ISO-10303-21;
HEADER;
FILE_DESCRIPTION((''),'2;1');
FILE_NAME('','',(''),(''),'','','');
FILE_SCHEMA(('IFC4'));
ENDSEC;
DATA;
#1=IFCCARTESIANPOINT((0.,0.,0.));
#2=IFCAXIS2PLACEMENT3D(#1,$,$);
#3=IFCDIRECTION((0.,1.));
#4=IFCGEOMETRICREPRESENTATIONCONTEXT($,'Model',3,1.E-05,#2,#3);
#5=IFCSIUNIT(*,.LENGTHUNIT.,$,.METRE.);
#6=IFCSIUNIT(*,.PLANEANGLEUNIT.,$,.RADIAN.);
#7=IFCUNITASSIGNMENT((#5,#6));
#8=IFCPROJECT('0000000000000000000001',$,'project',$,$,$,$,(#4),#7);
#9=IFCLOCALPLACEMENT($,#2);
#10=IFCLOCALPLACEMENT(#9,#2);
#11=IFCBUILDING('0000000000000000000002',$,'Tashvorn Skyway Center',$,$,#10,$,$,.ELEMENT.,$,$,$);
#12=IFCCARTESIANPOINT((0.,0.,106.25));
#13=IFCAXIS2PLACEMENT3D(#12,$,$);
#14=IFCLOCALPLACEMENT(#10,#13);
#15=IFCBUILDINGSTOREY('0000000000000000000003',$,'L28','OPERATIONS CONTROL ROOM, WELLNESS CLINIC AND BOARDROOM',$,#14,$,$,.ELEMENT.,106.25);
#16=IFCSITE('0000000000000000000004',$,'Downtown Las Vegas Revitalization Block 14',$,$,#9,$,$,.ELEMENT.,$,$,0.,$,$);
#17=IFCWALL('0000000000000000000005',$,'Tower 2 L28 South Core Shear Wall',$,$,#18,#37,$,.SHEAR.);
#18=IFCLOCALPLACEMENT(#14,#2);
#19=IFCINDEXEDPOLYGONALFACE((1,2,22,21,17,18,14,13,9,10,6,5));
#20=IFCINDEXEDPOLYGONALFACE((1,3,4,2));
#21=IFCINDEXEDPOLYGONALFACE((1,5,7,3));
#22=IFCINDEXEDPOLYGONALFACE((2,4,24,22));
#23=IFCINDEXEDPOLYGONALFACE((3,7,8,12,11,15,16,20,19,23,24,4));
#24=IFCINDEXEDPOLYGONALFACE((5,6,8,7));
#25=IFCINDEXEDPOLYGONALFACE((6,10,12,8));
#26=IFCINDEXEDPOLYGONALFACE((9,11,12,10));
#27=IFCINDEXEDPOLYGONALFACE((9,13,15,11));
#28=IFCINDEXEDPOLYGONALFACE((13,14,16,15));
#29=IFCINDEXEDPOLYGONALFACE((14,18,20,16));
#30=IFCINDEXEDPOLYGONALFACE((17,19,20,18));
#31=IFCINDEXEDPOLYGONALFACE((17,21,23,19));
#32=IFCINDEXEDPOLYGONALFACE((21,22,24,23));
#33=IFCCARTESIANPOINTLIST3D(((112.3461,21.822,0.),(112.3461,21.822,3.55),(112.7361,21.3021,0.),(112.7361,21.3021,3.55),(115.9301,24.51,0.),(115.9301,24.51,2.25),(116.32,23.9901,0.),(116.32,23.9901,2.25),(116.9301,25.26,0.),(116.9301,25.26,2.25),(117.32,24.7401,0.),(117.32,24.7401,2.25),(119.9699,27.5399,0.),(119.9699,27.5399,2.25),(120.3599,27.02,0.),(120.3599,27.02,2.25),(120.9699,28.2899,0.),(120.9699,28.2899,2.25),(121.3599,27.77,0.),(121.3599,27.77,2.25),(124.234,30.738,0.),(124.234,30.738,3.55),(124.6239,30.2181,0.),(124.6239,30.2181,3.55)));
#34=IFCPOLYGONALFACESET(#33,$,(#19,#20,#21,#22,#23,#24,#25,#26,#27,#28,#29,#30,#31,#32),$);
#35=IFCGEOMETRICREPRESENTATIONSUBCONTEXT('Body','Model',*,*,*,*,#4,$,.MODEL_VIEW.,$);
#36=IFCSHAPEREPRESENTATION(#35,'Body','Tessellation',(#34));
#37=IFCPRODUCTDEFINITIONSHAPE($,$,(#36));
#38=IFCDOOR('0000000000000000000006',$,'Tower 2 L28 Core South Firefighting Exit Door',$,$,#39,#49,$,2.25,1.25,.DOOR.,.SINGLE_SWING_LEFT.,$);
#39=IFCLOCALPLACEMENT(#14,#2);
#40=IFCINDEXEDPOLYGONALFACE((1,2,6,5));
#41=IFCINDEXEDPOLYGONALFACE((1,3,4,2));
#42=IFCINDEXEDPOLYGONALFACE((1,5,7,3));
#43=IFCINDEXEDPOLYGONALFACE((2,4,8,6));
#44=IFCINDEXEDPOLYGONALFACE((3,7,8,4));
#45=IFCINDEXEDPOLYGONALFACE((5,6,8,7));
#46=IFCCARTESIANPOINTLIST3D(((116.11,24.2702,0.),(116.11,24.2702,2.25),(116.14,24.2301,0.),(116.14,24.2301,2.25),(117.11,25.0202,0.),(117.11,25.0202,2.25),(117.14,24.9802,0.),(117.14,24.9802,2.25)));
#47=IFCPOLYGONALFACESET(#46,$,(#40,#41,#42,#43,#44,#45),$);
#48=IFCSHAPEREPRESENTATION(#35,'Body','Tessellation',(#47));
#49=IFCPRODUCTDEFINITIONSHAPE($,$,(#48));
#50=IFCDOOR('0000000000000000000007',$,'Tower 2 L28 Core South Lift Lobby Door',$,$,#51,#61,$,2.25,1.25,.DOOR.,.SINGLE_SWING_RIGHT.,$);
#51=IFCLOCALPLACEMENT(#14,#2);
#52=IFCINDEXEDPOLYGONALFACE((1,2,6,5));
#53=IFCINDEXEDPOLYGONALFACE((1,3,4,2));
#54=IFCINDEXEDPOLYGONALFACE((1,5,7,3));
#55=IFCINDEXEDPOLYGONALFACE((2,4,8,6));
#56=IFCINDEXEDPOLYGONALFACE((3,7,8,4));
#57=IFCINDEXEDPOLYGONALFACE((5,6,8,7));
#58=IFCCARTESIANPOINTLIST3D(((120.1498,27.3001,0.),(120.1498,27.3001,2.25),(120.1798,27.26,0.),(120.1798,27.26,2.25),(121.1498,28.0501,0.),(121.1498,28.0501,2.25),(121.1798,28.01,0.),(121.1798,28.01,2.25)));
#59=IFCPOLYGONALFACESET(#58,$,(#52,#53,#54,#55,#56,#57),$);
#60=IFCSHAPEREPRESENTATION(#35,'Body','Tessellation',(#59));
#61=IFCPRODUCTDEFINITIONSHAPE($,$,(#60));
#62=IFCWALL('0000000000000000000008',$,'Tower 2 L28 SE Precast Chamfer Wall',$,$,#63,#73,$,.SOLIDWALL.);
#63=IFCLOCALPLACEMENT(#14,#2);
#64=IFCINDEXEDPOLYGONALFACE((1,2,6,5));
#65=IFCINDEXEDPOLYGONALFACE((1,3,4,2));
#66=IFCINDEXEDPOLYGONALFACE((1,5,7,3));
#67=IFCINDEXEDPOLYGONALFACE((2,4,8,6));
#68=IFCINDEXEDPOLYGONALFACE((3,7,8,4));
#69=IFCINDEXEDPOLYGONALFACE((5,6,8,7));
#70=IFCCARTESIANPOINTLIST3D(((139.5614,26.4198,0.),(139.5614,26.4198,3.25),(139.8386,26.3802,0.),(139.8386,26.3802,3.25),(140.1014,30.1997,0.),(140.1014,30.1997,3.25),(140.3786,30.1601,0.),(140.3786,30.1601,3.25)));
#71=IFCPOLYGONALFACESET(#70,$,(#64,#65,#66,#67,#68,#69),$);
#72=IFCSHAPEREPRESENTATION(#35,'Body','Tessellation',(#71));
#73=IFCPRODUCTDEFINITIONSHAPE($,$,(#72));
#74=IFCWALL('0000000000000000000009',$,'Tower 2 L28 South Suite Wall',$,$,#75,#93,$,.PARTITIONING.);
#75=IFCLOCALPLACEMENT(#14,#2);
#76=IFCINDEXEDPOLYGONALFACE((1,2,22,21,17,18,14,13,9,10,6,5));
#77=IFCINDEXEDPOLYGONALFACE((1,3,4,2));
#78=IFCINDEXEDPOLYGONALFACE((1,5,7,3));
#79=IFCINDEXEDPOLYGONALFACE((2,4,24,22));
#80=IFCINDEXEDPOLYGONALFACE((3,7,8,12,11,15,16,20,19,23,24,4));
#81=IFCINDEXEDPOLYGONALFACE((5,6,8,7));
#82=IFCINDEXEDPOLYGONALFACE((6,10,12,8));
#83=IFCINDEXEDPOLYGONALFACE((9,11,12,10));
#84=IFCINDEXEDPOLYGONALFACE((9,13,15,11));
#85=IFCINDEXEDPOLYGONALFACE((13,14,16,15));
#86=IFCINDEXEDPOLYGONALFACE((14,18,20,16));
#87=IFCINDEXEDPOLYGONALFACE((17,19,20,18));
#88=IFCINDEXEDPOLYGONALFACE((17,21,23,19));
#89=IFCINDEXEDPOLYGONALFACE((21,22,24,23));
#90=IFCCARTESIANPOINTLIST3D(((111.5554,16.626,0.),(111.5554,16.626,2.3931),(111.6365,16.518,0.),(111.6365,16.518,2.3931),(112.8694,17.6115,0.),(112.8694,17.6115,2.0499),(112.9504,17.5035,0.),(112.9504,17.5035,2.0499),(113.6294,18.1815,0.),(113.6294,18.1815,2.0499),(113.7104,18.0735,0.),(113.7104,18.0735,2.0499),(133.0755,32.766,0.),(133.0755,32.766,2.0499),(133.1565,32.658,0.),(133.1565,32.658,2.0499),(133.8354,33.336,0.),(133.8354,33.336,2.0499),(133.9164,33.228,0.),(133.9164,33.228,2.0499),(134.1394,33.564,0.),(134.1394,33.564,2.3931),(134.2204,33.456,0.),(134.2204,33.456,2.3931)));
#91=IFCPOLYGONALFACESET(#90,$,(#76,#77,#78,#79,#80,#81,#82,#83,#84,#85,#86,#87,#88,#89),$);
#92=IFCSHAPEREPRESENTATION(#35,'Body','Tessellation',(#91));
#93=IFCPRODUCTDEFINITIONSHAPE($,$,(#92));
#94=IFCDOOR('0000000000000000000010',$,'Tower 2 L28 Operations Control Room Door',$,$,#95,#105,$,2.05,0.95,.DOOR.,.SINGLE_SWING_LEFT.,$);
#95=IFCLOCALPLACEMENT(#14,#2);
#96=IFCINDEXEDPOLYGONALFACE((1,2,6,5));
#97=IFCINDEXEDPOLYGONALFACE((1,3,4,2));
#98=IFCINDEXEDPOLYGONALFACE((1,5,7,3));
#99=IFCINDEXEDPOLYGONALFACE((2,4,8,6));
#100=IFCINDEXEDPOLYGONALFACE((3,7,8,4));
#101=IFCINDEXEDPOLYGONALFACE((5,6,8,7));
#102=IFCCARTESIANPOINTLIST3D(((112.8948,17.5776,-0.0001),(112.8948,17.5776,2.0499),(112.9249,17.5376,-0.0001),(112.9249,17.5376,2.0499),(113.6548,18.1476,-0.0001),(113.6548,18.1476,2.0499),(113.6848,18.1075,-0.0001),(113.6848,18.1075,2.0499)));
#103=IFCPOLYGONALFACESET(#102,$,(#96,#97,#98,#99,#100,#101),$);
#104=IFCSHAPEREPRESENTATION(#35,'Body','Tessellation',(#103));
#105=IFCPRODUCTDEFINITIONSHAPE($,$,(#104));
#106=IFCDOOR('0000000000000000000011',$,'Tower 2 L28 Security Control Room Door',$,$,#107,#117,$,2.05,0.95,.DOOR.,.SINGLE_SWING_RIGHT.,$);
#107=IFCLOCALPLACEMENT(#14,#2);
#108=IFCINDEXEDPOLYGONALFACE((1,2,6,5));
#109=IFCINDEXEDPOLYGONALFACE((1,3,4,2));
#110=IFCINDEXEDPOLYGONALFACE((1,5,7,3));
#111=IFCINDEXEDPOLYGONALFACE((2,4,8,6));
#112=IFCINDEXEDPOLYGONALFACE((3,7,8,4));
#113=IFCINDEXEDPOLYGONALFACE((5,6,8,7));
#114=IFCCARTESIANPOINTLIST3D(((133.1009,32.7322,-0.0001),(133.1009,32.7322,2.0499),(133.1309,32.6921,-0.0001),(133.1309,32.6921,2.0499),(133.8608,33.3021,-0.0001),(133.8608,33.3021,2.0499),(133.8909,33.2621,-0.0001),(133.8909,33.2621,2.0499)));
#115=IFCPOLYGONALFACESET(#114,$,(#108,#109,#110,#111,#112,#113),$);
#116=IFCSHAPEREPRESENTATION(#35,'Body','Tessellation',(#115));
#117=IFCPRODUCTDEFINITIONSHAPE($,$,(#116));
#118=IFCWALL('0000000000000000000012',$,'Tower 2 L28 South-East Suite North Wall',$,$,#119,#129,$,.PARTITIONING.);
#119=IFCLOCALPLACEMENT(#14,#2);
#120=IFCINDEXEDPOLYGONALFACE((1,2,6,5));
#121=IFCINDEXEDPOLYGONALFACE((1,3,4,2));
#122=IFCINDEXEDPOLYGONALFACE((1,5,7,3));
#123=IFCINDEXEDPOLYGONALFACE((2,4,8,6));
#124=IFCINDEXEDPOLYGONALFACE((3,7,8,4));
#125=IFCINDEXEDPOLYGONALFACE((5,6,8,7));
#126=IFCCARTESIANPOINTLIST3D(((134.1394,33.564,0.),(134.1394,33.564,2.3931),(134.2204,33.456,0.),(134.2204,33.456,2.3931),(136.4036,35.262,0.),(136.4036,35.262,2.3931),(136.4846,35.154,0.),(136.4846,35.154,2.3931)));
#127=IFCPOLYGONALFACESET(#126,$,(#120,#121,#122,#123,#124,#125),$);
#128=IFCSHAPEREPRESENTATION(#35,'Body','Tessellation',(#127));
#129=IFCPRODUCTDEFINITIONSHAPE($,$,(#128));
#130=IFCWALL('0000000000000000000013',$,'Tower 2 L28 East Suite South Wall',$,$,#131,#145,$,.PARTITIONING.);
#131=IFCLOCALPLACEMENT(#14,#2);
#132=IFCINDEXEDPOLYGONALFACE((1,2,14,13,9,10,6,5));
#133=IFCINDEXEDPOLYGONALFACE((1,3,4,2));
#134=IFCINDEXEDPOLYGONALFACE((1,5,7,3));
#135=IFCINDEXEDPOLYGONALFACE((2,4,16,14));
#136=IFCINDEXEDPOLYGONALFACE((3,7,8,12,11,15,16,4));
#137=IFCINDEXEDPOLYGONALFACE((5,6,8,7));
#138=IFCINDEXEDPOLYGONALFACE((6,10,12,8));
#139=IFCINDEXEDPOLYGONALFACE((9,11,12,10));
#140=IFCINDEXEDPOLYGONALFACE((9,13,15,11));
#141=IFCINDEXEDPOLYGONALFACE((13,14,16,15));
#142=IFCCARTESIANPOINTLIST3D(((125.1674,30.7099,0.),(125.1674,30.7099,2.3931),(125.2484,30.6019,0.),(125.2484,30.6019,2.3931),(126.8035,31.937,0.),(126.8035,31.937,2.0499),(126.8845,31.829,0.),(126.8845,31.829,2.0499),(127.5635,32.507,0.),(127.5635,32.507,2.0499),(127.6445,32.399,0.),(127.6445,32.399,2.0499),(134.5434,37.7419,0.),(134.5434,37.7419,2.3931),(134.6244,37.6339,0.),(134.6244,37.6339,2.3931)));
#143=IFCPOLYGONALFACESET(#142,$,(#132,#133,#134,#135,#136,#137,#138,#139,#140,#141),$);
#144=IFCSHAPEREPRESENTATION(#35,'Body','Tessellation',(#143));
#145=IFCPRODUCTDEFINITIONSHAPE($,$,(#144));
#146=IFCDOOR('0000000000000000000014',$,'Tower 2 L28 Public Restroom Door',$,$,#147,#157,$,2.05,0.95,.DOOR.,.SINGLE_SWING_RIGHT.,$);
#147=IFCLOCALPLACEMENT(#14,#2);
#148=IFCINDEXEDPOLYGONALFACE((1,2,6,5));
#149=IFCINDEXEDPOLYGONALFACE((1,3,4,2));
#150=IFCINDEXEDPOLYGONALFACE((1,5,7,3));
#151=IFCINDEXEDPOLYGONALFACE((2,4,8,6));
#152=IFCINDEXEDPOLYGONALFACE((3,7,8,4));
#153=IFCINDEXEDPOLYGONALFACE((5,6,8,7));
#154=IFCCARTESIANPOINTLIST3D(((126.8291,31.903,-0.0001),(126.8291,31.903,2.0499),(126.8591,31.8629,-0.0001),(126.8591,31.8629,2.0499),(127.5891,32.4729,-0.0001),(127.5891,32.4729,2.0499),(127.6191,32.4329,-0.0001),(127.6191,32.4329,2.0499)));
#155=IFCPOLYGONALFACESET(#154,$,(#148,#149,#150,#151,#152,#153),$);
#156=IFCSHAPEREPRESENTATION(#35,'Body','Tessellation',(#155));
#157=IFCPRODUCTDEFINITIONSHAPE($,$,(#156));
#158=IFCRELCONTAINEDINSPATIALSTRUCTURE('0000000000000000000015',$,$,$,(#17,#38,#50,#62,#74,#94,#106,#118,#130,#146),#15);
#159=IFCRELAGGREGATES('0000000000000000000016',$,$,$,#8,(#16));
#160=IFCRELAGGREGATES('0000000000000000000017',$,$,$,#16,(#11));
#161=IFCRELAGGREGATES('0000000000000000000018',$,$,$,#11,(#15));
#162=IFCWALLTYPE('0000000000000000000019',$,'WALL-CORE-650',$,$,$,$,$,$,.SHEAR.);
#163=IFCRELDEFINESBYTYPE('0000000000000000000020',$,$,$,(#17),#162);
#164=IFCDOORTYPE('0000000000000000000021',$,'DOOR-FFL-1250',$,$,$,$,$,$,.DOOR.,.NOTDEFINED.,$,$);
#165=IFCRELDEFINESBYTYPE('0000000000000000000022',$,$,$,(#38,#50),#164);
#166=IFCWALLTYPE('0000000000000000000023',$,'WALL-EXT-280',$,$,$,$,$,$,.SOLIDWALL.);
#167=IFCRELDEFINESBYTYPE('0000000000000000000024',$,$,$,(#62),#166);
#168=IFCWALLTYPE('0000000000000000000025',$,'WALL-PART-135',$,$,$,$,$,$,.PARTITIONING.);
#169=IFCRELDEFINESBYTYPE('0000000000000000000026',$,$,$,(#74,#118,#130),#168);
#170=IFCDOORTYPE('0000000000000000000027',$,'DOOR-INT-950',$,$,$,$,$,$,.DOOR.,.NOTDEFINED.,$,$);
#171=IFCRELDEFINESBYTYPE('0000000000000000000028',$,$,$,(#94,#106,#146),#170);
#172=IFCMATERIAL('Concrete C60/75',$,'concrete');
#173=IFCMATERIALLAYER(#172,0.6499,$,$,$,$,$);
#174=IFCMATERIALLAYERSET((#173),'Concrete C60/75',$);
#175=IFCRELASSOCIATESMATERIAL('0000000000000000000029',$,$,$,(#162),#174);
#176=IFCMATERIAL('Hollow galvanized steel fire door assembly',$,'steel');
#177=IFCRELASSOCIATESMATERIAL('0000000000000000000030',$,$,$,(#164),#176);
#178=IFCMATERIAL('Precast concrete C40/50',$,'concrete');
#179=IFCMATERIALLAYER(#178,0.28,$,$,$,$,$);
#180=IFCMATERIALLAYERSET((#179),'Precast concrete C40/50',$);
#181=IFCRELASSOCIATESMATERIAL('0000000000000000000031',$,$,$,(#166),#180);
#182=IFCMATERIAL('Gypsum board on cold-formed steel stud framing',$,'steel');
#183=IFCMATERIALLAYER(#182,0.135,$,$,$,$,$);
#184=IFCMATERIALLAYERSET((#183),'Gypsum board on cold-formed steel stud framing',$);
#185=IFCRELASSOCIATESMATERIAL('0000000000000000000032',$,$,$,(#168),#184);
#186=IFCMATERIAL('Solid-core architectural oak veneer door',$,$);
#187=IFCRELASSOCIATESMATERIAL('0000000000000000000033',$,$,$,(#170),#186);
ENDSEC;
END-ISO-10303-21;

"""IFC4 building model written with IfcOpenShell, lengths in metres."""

from ifc_helpers import new_model, si_unit, direction, frame, frame_2d, origin, place, context, subcontext, project, spatial, rectangle, extrude, material, layer, layer_set, type_object, element, fill, save


model = new_model("IFC4")

# Units and contexts
model_context = context("Model", 3, precision=1e-05, world=origin(), true_north=direction((0.0, 1.0)))
body_context = subcontext(model_context, "Body", "Model", "MODEL_VIEW")
ifc_project = project(units=[si_unit("LENGTHUNIT", "METRE"), si_unit("PLANEANGLEUNIT", "RADIAN")], contexts=[model_context])

# Site, building, storey
site_placement = place(None, origin())
site = spatial("IfcSite", under=ifc_project, at=site_placement, Name="Downtown Las Vegas Revitalization Block 14", CompositionType="ELEMENT", RefElevation=0.0)
building_placement = place(site_placement, origin())
building = spatial("IfcBuilding", under=site, at=building_placement, Name="Tashvorn Skyway Center", CompositionType="ELEMENT")
storey_placement = place(building_placement, frame((0.0, 0.0, 106.25)))
storey = spatial("IfcBuildingStorey", under=building, at=storey_placement, Name="L28", Description="OPERATIONS CONTROL ROOM, WELLNESS CLINIC AND BOARDROOM", CompositionType="ELEMENT", Elevation=106.25)

# Wall, openings, doors
ifc_material_1 = material(Name="Concrete C60/75", Category="concrete")
ifc_layer_1 = layer(ifc_material_1, 0.6499)
ifc_layer_set_1 = layer_set([ifc_layer_1], Name="Concrete C60/75")
wall_type_1 = type_object("IfcWallType", Name="WALL-CORE-650", PredefinedType="SHEAR", material=ifc_layer_set_1)
wall_1_placement = place(storey_placement, frame((124.429, 30.478, 0.0), z_axis=(0.0, 0.0, 1.0), x_axis=(-0.799998, -0.600003, 0.0)))
wall_1 = element("IfcWall", 1, at=wall_1_placement, inside=storey, type_object=wall_type_1, Name="Tower 2 L28 South Core Shear Wall", PredefinedType="SHEAR", context=body_context, shape_type="SweptSolid", body=[
    extrude(rectangle(XDim=14.8599, YDim=0.6499, at=frame_2d((7.4299, 0.0))), origin(), (0.0, 0.0, 1.0), 3.55),
])
opening_1_placement = place(wall_1_placement, frame((9.1299, 0.0, 0.0)))
opening_1 = element("IfcOpeningElement", 2, at=opening_1_placement, cuts=wall_1, PredefinedType="OPENING", context=body_context, shape_type="SweptSolid", body=[
    extrude(rectangle(XDim=1.25, YDim=2.25, at=frame_2d((0.625, 1.125))), frame((0.0, 0.335, 0.0), z_axis=(0.0, -1.0, 0.0), x_axis=(1.0, 0.0, 0.0)), (0.0, 0.0, 1.0), 0.6699),
])
opening_2_placement = place(wall_1_placement, frame((4.0801, 0.0, 0.0)))
opening_2 = element("IfcOpeningElement", 3, at=opening_2_placement, cuts=wall_1, PredefinedType="OPENING", context=body_context, shape_type="SweptSolid", body=[
    extrude(rectangle(XDim=1.25, YDim=2.25, at=frame_2d((0.625, 1.125))), frame((0.0, 0.335, 0.0), z_axis=(0.0, -1.0, 0.0), x_axis=(1.0, 0.0, 0.0)), (0.0, 0.0, 1.0), 0.6699),
])
ifc_material_2 = material(Name="Hollow galvanized steel fire door assembly", Category="steel")
door_type_1 = type_object("IfcDoorType", Name="DOOR-FFL-1250", OperationType="NOTDEFINED", PredefinedType="DOOR", material=ifc_material_2)
door_1_placement = place(opening_1_placement, origin())
door_1 = element("IfcDoor", 4, at=door_1_placement, inside=storey, type_object=door_type_1, Name="Tower 2 L28 Core South Firefighting Exit Door", OperationType="SINGLE_SWING_LEFT", OverallHeight=2.25, OverallWidth=1.25, PredefinedType="DOOR", context=body_context, shape_type="SweptSolid", body=[
    extrude(rectangle(XDim=1.25, YDim=2.25, at=frame_2d((0.625, 1.125))), frame((0.0, 0.0249, 0.0), z_axis=(0.0, -1.0, 0.0), x_axis=(1.0, 0.0, 0.0)), (0.0, 0.0, 1.0), 0.05),
])
fill(opening_1, door_1)
door_2_placement = place(opening_2_placement, origin())
door_2 = element("IfcDoor", 5, at=door_2_placement, inside=storey, type_object=door_type_1, Name="Tower 2 L28 Core South Lift Lobby Door", OperationType="SINGLE_SWING_RIGHT", OverallHeight=2.25, OverallWidth=1.25, PredefinedType="DOOR", context=body_context, shape_type="SweptSolid", body=[
    extrude(rectangle(XDim=1.25, YDim=2.25, at=frame_2d((0.625, 1.125))), frame((0.0, 0.0249, 0.0), z_axis=(0.0, -1.0, 0.0), x_axis=(1.0, 0.0, 0.0)), (0.0, 0.0, 1.0), 0.05),
])
fill(opening_2, door_2)

# Wall
ifc_material_3 = material(Name="Precast concrete C40/50", Category="concrete")
ifc_layer_2 = layer(ifc_material_3, 0.28)
ifc_layer_set_2 = layer_set([ifc_layer_2], Name="Precast concrete C40/50")
wall_type_2 = type_object("IfcWallType", Name="WALL-EXT-280", PredefinedType="SOLIDWALL", material=ifc_layer_set_2)
wall_2_placement = place(storey_placement, frame((140.24, 30.1799, 0.0), z_axis=(0.0, 0.0, 1.0), x_axis=(-0.14143, -0.989948, 0.0)))
element("IfcWall", 6, at=wall_2_placement, inside=storey, type_object=wall_type_2, Name="Tower 2 L28 SE Precast Chamfer Wall", PredefinedType="SOLIDWALL", context=body_context, shape_type="SweptSolid", body=[
    extrude(rectangle(XDim=3.8184, YDim=0.28, at=frame_2d((1.9092, 0.0))), origin(), (0.0, 0.0, 1.0), 3.25),
])

# Wall, openings, doors
ifc_material_4 = material(Name="Gypsum board on cold-formed steel stud framing", Category="steel")
ifc_layer_3 = layer(ifc_material_4, 0.135)
ifc_layer_set_3 = layer_set([ifc_layer_3], Name="Gypsum board on cold-formed steel stud framing")
wall_type_3 = type_object("IfcWallType", Name="WALL-PART-135", PredefinedType="PARTITIONING", material=ifc_layer_set_3)
wall_3_placement = place(storey_placement, frame((134.1799, 33.51, 0.0), z_axis=(0.0, 0.0, 1.0), x_axis=(-0.8, -0.6, 0.0)))
wall_3 = element("IfcWall", 7, at=wall_3_placement, inside=storey, type_object=wall_type_3, Name="Tower 2 L28 South Suite Wall", PredefinedType="PARTITIONING", context=body_context, shape_type="SweptSolid", body=[
    extrude(rectangle(XDim=28.23, YDim=0.135, at=frame_2d((14.115, 0.0))), origin(), (0.0, 0.0, 1.0), 2.3931),
])
opening_3_placement = place(wall_3_placement, frame((25.6375, 0.0, 0.0)))
opening_3 = element("IfcOpeningElement", 8, at=opening_3_placement, cuts=wall_3, PredefinedType="OPENING", context=body_context, shape_type="SweptSolid", body=[
    extrude(rectangle(XDim=0.95, YDim=2.05, at=frame_2d((0.4751, 1.0249))), frame((0.0, 0.0774, 0.0), z_axis=(0.0, -1.0, 0.0), x_axis=(1.0, 0.0, 0.0)), (0.0, 0.0, 1.0), 0.155),
])
opening_4_placement = place(wall_3_placement, frame((0.3799, 0.0, 0.0)))
opening_4 = element("IfcOpeningElement", 9, at=opening_4_placement, cuts=wall_3, PredefinedType="OPENING", context=body_context, shape_type="SweptSolid", body=[
    extrude(rectangle(XDim=0.95, YDim=2.05, at=frame_2d((0.4751, 1.0249))), frame((0.0, 0.0774, 0.0), z_axis=(0.0, -1.0, 0.0), x_axis=(1.0, 0.0, 0.0)), (0.0, 0.0, 1.0), 0.155),
])
ifc_material_5 = material(Name="Solid-core architectural oak veneer door")
door_type_2 = type_object("IfcDoorType", Name="DOOR-INT-950", OperationType="NOTDEFINED", PredefinedType="DOOR", material=ifc_material_5)
door_3_placement = place(opening_3_placement, origin())
door_3 = element("IfcDoor", 10, at=door_3_placement, inside=storey, type_object=door_type_2, Name="Tower 2 L28 Operations Control Room Door", OperationType="SINGLE_SWING_LEFT", OverallHeight=2.05, OverallWidth=0.95, PredefinedType="DOOR", context=body_context, shape_type="SweptSolid", body=[
    extrude(rectangle(XDim=0.95, YDim=2.05, at=frame_2d((0.4751, 1.0249))), frame((0.0, 0.0249, 0.0), z_axis=(0.0, -1.0, 0.0), x_axis=(1.0, 0.0, 0.0)), (0.0, 0.0, 1.0), 0.05),
])
fill(opening_3, door_3)
door_4_placement = place(opening_4_placement, origin())
door_4 = element("IfcDoor", 11, at=door_4_placement, inside=storey, type_object=door_type_2, Name="Tower 2 L28 Security Control Room Door", OperationType="SINGLE_SWING_RIGHT", OverallHeight=2.05, OverallWidth=0.95, PredefinedType="DOOR", context=body_context, shape_type="SweptSolid", body=[
    extrude(rectangle(XDim=0.95, YDim=2.05, at=frame_2d((0.4751, 1.0249))), frame((0.0, 0.0249, 0.0), z_axis=(0.0, -1.0, 0.0), x_axis=(1.0, 0.0, 0.0)), (0.0, 0.0, 1.0), 0.05),
])
fill(opening_4, door_4)

# Wall
wall_4_placement = place(storey_placement, frame((134.1799, 33.51, 0.0), z_axis=(0.0, 0.0, 1.0), x_axis=(0.800021, 0.599972, 0.0)))
element("IfcWall", 12, at=wall_4_placement, inside=storey, type_object=wall_type_3, Name="Tower 2 L28 South-East Suite North Wall", PredefinedType="PARTITIONING", context=body_context, shape_type="SweptSolid", body=[
    extrude(rectangle(XDim=2.8301, YDim=0.135, at=frame_2d((1.415, 0.0))), origin(), (0.0, 0.0, 1.0), 2.3931),
])

# Wall, opening, door
wall_5_placement = place(storey_placement, frame((125.208, 30.656, 0.0), z_axis=(0.0, 0.0, 1.0), x_axis=(0.8, 0.6, 0.0)))
wall_5 = element("IfcWall", 13, at=wall_5_placement, inside=storey, type_object=wall_type_3, Name="Tower 2 L28 East Suite South Wall", PredefinedType="PARTITIONING", context=body_context, shape_type="SweptSolid", body=[
    extrude(rectangle(XDim=11.72, YDim=0.135, at=frame_2d((5.8599, 0.0))), origin(), (0.0, 0.0, 1.0), 2.3931),
])
opening_5_placement = place(wall_5_placement, frame((2.0449, 0.0, 0.0)))
opening_5 = element("IfcOpeningElement", 14, at=opening_5_placement, cuts=wall_5, PredefinedType="OPENING", context=body_context, shape_type="SweptSolid", body=[
    extrude(rectangle(XDim=0.95, YDim=2.05, at=frame_2d((0.4751, 1.0249))), frame((0.0, 0.0774, 0.0), z_axis=(0.0, -1.0, 0.0), x_axis=(1.0, 0.0, 0.0)), (0.0, 0.0, 1.0), 0.155),
])
door_5_placement = place(opening_5_placement, origin())
door_5 = element("IfcDoor", 15, at=door_5_placement, inside=storey, type_object=door_type_2, Name="Tower 2 L28 Public Restroom Door", OperationType="SINGLE_SWING_RIGHT", OverallHeight=2.05, OverallWidth=0.95, PredefinedType="DOOR", context=body_context, shape_type="SweptSolid", body=[
    extrude(rectangle(XDim=0.95, YDim=2.05, at=frame_2d((0.4751, 1.0249))), frame((0.0, 0.0249, 0.0), z_axis=(0.0, -1.0, 0.0), x_axis=(1.0, 0.0, 0.0)), (0.0, 0.0, 1.0), 0.05),
])
fill(opening_5, door_5)

save(model, "model.ifc")
